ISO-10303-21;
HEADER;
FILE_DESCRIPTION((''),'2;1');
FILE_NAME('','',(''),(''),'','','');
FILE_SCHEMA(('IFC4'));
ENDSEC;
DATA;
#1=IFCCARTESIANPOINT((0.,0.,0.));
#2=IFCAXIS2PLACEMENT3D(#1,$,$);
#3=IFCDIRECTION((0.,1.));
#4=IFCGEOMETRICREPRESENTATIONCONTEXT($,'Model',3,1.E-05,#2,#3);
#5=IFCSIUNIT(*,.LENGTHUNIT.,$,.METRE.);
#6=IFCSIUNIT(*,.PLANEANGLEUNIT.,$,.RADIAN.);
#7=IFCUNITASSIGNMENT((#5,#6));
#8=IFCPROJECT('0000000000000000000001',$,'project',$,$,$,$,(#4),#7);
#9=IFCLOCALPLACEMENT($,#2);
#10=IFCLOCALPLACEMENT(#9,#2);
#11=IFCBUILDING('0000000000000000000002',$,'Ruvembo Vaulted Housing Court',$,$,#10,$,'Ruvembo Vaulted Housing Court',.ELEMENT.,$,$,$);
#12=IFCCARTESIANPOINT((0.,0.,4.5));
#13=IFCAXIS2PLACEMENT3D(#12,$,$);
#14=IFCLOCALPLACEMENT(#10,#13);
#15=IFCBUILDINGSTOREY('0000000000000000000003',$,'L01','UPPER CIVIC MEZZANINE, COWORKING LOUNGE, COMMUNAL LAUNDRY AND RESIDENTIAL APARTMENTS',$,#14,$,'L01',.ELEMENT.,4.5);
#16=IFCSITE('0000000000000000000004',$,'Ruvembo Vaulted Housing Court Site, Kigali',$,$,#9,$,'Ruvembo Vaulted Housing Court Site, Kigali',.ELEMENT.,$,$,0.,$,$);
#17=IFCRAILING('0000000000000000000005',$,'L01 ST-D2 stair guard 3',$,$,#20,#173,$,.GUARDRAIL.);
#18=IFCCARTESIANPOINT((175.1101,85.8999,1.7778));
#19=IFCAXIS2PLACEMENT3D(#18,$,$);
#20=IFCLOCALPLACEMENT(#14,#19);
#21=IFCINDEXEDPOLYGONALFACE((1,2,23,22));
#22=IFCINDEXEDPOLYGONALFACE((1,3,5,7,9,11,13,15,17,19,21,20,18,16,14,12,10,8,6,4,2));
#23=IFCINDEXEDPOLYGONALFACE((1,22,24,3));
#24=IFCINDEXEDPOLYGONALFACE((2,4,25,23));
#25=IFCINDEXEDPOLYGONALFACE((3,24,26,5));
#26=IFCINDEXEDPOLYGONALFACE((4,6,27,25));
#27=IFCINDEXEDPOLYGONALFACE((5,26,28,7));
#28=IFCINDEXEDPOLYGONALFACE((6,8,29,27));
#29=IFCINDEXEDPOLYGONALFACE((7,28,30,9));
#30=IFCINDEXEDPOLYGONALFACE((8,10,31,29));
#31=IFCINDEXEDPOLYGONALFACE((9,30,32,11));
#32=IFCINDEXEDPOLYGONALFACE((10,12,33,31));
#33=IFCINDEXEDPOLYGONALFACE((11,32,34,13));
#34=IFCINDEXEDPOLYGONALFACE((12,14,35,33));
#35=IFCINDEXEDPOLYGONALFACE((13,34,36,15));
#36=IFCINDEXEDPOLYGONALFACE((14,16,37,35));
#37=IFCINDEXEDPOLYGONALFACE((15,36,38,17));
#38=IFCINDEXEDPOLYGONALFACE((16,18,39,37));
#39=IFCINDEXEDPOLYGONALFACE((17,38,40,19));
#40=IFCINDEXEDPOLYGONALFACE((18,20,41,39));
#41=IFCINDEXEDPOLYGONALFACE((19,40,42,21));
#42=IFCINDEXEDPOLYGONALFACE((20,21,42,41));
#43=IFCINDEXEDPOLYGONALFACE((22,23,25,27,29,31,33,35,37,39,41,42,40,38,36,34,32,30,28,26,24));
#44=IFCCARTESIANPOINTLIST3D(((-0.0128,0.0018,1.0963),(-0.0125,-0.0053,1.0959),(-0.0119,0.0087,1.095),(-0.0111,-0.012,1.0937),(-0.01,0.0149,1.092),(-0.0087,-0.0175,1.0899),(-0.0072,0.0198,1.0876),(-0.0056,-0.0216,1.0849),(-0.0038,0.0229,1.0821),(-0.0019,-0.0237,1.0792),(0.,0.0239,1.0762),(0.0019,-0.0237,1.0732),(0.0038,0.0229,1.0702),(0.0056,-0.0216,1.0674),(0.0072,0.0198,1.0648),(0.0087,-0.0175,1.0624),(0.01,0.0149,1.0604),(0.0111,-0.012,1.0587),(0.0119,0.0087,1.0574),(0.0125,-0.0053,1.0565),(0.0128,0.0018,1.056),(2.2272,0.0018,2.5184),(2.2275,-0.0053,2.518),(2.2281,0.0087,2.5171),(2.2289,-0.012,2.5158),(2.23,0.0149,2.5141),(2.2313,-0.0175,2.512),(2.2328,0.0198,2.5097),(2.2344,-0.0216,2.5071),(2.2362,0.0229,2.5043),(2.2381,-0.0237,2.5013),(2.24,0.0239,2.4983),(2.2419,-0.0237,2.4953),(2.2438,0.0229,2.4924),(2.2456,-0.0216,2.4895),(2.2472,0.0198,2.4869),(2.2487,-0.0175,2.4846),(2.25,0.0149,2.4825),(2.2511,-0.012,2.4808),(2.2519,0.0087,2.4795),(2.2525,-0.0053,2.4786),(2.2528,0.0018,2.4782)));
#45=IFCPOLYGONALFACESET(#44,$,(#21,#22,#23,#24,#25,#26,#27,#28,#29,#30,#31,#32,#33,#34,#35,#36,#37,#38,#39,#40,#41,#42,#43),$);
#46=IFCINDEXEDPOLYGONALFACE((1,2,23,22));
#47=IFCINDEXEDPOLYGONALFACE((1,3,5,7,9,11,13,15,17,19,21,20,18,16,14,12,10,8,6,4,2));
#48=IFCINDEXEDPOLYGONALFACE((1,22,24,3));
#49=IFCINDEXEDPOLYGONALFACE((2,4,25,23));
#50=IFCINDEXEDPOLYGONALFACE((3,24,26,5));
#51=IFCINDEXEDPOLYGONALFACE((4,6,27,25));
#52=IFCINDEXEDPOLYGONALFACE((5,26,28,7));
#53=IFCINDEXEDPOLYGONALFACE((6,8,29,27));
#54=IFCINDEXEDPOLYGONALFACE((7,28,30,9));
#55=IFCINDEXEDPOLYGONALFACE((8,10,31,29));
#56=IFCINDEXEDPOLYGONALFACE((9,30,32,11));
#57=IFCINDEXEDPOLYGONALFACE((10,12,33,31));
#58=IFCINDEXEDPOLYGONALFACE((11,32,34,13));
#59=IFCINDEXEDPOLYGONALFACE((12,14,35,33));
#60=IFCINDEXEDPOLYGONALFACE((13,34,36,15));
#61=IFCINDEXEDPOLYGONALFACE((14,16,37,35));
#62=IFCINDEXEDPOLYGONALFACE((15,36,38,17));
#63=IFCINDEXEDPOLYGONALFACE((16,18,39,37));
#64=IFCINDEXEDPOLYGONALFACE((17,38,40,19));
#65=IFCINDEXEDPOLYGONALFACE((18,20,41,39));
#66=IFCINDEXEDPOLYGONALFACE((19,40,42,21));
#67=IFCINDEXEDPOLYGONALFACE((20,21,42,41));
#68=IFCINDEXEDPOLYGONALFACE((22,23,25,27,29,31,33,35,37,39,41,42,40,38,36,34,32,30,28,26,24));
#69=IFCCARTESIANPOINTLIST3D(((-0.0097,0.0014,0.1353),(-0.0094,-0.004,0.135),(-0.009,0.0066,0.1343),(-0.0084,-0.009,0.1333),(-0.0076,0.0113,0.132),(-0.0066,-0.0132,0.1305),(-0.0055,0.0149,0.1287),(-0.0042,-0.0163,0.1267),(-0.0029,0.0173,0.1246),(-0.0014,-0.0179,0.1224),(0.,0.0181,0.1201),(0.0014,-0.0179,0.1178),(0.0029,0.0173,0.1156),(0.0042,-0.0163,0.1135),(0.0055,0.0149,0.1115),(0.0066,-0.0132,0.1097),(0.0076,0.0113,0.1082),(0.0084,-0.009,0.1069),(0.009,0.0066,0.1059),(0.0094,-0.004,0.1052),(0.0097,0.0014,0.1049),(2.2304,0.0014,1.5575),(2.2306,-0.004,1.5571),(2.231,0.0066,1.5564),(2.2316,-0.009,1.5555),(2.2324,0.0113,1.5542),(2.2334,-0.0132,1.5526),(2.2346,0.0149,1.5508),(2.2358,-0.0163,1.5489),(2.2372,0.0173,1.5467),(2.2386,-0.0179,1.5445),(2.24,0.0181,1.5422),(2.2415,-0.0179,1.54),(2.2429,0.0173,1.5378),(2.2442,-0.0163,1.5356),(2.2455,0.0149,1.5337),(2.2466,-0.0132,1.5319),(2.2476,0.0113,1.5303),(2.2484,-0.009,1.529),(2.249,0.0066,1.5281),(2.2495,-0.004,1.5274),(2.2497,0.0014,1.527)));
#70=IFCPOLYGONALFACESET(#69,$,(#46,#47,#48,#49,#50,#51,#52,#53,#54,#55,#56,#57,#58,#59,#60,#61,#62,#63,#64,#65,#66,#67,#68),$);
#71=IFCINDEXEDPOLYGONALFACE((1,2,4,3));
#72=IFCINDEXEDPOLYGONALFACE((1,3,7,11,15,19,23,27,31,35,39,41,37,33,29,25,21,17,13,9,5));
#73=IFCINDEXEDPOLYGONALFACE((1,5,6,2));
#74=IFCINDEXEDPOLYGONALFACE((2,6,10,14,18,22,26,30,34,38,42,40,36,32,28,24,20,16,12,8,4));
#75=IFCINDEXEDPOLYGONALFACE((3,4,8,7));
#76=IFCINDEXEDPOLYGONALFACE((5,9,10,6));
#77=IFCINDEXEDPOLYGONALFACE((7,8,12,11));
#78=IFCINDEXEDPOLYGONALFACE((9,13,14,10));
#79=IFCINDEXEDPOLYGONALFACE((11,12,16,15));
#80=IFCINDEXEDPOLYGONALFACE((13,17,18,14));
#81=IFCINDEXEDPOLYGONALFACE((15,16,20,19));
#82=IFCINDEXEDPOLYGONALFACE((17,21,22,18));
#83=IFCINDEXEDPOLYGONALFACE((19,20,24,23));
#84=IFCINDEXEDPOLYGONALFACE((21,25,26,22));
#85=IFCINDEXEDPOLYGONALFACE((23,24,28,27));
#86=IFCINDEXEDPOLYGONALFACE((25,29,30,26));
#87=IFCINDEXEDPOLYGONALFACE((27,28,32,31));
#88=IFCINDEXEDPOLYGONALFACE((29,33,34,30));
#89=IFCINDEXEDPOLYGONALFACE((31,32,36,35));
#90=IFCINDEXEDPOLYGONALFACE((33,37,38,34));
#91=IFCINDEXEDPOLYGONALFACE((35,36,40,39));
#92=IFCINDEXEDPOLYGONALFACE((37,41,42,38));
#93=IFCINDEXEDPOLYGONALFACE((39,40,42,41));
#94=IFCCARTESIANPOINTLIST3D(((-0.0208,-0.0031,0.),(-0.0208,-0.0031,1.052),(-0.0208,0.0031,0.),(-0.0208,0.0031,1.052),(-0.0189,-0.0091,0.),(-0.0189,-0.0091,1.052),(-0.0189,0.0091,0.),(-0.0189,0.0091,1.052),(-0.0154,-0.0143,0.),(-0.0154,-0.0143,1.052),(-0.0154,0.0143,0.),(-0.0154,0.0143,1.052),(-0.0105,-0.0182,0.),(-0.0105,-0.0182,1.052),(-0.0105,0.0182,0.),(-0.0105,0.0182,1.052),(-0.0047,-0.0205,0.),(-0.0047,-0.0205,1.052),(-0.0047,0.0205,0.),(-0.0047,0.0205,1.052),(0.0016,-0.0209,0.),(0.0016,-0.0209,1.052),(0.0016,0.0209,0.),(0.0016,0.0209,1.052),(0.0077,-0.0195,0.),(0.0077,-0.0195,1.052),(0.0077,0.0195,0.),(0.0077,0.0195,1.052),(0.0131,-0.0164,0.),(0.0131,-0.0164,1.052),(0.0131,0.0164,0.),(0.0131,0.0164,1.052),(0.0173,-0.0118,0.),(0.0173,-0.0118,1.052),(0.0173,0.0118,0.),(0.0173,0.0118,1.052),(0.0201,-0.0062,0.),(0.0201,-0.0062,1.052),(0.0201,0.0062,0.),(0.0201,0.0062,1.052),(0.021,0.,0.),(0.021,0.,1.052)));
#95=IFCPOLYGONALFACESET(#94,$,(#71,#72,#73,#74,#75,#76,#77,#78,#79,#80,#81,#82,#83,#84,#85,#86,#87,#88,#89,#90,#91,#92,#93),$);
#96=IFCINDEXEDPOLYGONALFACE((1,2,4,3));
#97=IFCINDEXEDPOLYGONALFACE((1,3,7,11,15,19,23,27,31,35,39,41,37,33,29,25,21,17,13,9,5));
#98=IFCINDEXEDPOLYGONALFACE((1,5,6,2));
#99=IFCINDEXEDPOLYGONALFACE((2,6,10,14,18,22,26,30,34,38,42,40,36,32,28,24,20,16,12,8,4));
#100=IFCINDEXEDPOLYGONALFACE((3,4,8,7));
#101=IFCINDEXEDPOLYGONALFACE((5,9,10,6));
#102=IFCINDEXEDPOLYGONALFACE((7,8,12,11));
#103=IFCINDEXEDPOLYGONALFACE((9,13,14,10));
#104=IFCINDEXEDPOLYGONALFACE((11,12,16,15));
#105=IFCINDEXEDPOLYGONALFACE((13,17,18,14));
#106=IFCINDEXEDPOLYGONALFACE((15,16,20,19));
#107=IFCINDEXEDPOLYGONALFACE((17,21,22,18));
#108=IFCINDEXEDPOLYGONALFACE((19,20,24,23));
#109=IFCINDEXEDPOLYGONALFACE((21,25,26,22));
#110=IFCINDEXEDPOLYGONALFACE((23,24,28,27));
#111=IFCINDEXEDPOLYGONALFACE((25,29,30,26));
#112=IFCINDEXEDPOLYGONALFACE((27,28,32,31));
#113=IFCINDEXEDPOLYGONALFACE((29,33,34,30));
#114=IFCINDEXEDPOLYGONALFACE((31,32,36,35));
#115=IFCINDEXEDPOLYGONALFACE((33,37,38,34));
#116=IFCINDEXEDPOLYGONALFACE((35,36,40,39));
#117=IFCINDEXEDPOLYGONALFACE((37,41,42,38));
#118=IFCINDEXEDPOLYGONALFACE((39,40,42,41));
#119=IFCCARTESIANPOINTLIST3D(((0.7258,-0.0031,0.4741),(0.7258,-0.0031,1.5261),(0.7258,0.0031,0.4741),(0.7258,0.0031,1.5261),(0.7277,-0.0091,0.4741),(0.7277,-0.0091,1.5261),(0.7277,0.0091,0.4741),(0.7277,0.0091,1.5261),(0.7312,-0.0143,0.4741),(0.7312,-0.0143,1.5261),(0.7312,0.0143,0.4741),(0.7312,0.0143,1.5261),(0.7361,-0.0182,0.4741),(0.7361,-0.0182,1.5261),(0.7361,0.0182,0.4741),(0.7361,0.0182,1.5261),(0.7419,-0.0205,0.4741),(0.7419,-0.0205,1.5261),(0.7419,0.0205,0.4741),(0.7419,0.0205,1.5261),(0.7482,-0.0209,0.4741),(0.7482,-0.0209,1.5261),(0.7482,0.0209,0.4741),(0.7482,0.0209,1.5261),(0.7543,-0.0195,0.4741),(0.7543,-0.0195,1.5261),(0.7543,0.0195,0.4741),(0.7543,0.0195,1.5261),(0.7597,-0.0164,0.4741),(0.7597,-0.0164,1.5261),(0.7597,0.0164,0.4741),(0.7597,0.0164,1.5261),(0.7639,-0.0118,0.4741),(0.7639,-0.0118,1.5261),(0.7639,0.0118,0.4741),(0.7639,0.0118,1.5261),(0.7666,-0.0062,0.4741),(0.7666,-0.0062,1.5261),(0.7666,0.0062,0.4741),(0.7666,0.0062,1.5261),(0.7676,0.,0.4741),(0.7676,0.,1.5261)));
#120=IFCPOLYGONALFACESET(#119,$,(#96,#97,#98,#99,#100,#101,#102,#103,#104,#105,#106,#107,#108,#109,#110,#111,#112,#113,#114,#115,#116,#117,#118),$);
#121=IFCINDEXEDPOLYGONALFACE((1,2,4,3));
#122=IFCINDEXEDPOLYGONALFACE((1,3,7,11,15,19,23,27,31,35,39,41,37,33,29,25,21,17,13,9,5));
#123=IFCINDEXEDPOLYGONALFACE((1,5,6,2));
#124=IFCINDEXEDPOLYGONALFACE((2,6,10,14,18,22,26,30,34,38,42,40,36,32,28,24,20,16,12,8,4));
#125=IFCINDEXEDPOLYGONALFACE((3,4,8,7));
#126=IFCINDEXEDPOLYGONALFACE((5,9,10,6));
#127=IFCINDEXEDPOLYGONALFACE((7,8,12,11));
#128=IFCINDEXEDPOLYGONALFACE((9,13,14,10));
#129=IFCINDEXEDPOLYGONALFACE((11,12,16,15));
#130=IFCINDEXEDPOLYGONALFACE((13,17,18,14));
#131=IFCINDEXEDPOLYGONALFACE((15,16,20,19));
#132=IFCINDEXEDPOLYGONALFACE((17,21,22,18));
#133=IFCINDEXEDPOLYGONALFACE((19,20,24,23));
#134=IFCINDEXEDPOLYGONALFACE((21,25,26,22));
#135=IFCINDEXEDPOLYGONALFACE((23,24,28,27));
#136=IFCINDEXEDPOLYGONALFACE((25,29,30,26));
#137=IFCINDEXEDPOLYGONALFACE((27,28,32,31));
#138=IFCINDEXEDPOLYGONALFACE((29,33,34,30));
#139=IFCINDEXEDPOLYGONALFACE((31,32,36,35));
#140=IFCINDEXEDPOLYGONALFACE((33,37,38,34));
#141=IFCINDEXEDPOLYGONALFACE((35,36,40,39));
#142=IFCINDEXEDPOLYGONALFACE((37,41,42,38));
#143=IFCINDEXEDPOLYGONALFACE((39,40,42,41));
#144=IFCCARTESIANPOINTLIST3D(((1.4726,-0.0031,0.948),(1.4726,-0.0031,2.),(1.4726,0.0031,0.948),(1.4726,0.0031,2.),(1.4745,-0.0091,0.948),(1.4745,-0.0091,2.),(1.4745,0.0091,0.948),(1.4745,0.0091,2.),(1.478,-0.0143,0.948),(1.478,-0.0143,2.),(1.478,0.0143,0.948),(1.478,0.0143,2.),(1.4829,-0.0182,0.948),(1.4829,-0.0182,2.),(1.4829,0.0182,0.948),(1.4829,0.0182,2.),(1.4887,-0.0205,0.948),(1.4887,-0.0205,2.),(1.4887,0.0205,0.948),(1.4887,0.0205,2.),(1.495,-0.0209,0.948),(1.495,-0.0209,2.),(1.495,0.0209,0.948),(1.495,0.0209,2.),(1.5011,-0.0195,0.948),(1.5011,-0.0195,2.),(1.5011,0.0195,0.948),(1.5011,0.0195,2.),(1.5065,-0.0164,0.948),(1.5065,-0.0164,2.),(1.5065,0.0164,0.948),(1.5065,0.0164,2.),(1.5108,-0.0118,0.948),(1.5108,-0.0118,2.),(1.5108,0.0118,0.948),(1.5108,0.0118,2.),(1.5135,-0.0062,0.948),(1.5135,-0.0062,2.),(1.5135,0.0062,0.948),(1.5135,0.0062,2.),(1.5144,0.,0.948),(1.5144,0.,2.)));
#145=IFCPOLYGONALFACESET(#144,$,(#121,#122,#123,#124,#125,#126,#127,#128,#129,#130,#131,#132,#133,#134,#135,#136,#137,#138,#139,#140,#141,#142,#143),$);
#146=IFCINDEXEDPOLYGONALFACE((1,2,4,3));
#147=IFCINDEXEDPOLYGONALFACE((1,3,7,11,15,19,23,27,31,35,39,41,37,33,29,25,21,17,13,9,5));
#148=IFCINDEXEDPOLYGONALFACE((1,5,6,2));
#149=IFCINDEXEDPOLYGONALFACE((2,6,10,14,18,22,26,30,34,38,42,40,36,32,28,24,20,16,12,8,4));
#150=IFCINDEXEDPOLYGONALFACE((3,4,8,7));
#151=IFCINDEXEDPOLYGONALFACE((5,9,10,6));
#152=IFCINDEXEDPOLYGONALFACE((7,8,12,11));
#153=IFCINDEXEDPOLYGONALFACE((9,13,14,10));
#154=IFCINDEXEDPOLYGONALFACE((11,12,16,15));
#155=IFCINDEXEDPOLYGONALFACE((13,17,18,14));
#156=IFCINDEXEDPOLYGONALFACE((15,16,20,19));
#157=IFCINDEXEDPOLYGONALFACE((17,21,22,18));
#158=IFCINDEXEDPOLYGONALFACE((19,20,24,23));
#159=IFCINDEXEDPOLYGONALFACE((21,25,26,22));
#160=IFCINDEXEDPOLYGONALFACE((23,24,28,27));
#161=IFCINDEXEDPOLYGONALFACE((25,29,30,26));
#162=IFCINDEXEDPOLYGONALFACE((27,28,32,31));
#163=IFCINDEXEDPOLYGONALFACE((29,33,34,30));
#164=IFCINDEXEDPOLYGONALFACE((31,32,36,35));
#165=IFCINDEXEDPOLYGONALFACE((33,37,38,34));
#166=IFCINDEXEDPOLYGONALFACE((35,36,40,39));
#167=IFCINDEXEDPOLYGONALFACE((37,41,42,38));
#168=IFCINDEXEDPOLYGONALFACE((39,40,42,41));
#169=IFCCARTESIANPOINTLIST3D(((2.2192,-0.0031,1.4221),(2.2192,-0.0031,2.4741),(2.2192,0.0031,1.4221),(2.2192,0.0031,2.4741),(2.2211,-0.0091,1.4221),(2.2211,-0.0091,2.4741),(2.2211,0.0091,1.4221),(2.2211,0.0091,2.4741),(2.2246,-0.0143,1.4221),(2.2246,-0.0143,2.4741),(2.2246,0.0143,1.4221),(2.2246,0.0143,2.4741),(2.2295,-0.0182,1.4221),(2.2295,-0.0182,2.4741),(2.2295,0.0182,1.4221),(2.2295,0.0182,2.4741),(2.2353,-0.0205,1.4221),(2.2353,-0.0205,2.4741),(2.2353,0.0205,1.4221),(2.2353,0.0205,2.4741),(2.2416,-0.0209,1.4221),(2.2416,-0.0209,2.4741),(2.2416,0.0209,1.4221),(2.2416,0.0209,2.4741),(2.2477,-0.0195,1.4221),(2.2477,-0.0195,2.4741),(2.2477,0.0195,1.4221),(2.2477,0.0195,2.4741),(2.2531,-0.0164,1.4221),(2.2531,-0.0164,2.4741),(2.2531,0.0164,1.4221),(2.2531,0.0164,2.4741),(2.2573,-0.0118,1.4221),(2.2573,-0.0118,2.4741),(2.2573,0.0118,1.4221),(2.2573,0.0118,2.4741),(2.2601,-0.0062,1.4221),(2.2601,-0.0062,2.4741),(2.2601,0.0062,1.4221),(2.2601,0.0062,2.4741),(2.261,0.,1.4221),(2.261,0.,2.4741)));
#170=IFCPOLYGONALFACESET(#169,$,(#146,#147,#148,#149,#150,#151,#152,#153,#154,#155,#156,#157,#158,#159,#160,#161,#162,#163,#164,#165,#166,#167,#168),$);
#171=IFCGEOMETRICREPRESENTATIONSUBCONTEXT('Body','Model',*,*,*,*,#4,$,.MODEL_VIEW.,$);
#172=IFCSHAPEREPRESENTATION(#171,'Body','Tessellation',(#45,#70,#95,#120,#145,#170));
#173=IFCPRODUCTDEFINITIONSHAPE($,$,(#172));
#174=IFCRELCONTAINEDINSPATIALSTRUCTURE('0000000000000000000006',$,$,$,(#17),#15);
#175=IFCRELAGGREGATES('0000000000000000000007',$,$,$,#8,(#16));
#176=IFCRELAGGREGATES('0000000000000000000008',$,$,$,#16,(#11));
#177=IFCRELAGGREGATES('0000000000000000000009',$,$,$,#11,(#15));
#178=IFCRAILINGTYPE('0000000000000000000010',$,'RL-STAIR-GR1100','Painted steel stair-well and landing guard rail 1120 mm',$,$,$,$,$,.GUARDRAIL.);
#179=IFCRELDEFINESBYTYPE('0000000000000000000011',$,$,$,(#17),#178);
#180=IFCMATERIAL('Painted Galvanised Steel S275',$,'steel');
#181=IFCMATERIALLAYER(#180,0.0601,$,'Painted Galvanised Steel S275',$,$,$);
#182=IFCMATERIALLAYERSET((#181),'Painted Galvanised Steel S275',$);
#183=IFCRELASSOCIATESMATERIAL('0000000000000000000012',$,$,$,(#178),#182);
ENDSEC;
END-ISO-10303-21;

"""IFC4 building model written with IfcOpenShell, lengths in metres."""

from ifc_helpers import new_model, si_unit, direction, frame, origin, origin_2d, place, context, subcontext, project, spatial, circle, extrude, material, layer, layer_set, type_object, element, save


model = new_model("IFC4")

# Units and contexts
model_context = context("Model", 3, precision=1e-05, world=origin(), true_north=direction((0.0, 1.0)))
body_context = subcontext(model_context, "Body", "Model", "MODEL_VIEW")
ifc_project = project(units=[si_unit("LENGTHUNIT", "METRE"), si_unit("PLANEANGLEUNIT", "RADIAN")], contexts=[model_context])

# Site, building, storey
site_placement = place(None, origin())
site = spatial("IfcSite", under=ifc_project, at=site_placement, Name="Ruvembo Vaulted Housing Court Site, Kigali", LongName="Ruvembo Vaulted Housing Court Site, Kigali", CompositionType="ELEMENT", RefElevation=0.0)
building_placement = place(site_placement, origin())
building = spatial("IfcBuilding", under=site, at=building_placement, Name="Ruvembo Vaulted Housing Court", LongName="Ruvembo Vaulted Housing Court", CompositionType="ELEMENT")
storey_placement = place(building_placement, frame((0.0, 0.0, 4.5)))
storey = spatial("IfcBuildingStorey", under=building, at=storey_placement, Name="L01", Description="UPPER CIVIC MEZZANINE, COWORKING LOUNGE, COMMUNAL LAUNDRY AND RESIDENTIAL APARTMENTS", LongName="L01", CompositionType="ELEMENT", Elevation=4.5)

# Railing
ifc_material_1 = material(Name="Painted Galvanised Steel S275", Category="steel")
ifc_layer_1 = layer(ifc_material_1, 0.0601, Name="Painted Galvanised Steel S275")
ifc_layer_set_1 = layer_set([ifc_layer_1], Name="Painted Galvanised Steel S275")
railing_type_1 = type_object("IfcRailingType", Name="RL-STAIR-GR1100", Description="Painted steel stair-well and landing guard rail 1120 mm", PredefinedType="GUARDRAIL", material=ifc_layer_set_1)
railing_1_placement = place(storey_placement, frame((175.1101, 85.8999, 1.7778)))
element("IfcRailing", 1, at=railing_1_placement, inside=storey, type_object=railing_type_1, Name="L01 ST-D2 stair guard 3", PredefinedType="GUARDRAIL", context=body_context, shape_type="SweptSolid", body=[
    extrude(circle(Radius=0.0239, at=origin_2d()), frame((0.0, 0.0, 1.0762), z_axis=(0.844229, 0.0, 0.535982), x_axis=(0.0, 1.0, 0.0)), (0.0, 0.0, 1.0), 2.6533),
    extrude(circle(Radius=0.0181, at=origin_2d()), frame((0.0, 0.0, 0.1201), z_axis=(0.844229, 0.0, 0.535982), x_axis=(0.0, 1.0, 0.0)), (0.0, 0.0, 1.0), 2.6533),
    extrude(circle(Radius=0.021, at=origin_2d()), origin(), (0.0, 0.0, 1.0), 1.052),
    extrude(circle(Radius=0.021, at=origin_2d()), frame((0.7466, 0.0, 0.4741)), (0.0, 0.0, 1.0), 1.052),
    extrude(circle(Radius=0.021, at=origin_2d()), frame((1.4934, 0.0, 0.948)), (0.0, 0.0, 1.0), 1.052),
    extrude(circle(Radius=0.021, at=origin_2d()), frame((2.24, 0.0, 1.4221)), (0.0, 0.0, 1.0), 1.052),
])

save(model, "model.ifc")
